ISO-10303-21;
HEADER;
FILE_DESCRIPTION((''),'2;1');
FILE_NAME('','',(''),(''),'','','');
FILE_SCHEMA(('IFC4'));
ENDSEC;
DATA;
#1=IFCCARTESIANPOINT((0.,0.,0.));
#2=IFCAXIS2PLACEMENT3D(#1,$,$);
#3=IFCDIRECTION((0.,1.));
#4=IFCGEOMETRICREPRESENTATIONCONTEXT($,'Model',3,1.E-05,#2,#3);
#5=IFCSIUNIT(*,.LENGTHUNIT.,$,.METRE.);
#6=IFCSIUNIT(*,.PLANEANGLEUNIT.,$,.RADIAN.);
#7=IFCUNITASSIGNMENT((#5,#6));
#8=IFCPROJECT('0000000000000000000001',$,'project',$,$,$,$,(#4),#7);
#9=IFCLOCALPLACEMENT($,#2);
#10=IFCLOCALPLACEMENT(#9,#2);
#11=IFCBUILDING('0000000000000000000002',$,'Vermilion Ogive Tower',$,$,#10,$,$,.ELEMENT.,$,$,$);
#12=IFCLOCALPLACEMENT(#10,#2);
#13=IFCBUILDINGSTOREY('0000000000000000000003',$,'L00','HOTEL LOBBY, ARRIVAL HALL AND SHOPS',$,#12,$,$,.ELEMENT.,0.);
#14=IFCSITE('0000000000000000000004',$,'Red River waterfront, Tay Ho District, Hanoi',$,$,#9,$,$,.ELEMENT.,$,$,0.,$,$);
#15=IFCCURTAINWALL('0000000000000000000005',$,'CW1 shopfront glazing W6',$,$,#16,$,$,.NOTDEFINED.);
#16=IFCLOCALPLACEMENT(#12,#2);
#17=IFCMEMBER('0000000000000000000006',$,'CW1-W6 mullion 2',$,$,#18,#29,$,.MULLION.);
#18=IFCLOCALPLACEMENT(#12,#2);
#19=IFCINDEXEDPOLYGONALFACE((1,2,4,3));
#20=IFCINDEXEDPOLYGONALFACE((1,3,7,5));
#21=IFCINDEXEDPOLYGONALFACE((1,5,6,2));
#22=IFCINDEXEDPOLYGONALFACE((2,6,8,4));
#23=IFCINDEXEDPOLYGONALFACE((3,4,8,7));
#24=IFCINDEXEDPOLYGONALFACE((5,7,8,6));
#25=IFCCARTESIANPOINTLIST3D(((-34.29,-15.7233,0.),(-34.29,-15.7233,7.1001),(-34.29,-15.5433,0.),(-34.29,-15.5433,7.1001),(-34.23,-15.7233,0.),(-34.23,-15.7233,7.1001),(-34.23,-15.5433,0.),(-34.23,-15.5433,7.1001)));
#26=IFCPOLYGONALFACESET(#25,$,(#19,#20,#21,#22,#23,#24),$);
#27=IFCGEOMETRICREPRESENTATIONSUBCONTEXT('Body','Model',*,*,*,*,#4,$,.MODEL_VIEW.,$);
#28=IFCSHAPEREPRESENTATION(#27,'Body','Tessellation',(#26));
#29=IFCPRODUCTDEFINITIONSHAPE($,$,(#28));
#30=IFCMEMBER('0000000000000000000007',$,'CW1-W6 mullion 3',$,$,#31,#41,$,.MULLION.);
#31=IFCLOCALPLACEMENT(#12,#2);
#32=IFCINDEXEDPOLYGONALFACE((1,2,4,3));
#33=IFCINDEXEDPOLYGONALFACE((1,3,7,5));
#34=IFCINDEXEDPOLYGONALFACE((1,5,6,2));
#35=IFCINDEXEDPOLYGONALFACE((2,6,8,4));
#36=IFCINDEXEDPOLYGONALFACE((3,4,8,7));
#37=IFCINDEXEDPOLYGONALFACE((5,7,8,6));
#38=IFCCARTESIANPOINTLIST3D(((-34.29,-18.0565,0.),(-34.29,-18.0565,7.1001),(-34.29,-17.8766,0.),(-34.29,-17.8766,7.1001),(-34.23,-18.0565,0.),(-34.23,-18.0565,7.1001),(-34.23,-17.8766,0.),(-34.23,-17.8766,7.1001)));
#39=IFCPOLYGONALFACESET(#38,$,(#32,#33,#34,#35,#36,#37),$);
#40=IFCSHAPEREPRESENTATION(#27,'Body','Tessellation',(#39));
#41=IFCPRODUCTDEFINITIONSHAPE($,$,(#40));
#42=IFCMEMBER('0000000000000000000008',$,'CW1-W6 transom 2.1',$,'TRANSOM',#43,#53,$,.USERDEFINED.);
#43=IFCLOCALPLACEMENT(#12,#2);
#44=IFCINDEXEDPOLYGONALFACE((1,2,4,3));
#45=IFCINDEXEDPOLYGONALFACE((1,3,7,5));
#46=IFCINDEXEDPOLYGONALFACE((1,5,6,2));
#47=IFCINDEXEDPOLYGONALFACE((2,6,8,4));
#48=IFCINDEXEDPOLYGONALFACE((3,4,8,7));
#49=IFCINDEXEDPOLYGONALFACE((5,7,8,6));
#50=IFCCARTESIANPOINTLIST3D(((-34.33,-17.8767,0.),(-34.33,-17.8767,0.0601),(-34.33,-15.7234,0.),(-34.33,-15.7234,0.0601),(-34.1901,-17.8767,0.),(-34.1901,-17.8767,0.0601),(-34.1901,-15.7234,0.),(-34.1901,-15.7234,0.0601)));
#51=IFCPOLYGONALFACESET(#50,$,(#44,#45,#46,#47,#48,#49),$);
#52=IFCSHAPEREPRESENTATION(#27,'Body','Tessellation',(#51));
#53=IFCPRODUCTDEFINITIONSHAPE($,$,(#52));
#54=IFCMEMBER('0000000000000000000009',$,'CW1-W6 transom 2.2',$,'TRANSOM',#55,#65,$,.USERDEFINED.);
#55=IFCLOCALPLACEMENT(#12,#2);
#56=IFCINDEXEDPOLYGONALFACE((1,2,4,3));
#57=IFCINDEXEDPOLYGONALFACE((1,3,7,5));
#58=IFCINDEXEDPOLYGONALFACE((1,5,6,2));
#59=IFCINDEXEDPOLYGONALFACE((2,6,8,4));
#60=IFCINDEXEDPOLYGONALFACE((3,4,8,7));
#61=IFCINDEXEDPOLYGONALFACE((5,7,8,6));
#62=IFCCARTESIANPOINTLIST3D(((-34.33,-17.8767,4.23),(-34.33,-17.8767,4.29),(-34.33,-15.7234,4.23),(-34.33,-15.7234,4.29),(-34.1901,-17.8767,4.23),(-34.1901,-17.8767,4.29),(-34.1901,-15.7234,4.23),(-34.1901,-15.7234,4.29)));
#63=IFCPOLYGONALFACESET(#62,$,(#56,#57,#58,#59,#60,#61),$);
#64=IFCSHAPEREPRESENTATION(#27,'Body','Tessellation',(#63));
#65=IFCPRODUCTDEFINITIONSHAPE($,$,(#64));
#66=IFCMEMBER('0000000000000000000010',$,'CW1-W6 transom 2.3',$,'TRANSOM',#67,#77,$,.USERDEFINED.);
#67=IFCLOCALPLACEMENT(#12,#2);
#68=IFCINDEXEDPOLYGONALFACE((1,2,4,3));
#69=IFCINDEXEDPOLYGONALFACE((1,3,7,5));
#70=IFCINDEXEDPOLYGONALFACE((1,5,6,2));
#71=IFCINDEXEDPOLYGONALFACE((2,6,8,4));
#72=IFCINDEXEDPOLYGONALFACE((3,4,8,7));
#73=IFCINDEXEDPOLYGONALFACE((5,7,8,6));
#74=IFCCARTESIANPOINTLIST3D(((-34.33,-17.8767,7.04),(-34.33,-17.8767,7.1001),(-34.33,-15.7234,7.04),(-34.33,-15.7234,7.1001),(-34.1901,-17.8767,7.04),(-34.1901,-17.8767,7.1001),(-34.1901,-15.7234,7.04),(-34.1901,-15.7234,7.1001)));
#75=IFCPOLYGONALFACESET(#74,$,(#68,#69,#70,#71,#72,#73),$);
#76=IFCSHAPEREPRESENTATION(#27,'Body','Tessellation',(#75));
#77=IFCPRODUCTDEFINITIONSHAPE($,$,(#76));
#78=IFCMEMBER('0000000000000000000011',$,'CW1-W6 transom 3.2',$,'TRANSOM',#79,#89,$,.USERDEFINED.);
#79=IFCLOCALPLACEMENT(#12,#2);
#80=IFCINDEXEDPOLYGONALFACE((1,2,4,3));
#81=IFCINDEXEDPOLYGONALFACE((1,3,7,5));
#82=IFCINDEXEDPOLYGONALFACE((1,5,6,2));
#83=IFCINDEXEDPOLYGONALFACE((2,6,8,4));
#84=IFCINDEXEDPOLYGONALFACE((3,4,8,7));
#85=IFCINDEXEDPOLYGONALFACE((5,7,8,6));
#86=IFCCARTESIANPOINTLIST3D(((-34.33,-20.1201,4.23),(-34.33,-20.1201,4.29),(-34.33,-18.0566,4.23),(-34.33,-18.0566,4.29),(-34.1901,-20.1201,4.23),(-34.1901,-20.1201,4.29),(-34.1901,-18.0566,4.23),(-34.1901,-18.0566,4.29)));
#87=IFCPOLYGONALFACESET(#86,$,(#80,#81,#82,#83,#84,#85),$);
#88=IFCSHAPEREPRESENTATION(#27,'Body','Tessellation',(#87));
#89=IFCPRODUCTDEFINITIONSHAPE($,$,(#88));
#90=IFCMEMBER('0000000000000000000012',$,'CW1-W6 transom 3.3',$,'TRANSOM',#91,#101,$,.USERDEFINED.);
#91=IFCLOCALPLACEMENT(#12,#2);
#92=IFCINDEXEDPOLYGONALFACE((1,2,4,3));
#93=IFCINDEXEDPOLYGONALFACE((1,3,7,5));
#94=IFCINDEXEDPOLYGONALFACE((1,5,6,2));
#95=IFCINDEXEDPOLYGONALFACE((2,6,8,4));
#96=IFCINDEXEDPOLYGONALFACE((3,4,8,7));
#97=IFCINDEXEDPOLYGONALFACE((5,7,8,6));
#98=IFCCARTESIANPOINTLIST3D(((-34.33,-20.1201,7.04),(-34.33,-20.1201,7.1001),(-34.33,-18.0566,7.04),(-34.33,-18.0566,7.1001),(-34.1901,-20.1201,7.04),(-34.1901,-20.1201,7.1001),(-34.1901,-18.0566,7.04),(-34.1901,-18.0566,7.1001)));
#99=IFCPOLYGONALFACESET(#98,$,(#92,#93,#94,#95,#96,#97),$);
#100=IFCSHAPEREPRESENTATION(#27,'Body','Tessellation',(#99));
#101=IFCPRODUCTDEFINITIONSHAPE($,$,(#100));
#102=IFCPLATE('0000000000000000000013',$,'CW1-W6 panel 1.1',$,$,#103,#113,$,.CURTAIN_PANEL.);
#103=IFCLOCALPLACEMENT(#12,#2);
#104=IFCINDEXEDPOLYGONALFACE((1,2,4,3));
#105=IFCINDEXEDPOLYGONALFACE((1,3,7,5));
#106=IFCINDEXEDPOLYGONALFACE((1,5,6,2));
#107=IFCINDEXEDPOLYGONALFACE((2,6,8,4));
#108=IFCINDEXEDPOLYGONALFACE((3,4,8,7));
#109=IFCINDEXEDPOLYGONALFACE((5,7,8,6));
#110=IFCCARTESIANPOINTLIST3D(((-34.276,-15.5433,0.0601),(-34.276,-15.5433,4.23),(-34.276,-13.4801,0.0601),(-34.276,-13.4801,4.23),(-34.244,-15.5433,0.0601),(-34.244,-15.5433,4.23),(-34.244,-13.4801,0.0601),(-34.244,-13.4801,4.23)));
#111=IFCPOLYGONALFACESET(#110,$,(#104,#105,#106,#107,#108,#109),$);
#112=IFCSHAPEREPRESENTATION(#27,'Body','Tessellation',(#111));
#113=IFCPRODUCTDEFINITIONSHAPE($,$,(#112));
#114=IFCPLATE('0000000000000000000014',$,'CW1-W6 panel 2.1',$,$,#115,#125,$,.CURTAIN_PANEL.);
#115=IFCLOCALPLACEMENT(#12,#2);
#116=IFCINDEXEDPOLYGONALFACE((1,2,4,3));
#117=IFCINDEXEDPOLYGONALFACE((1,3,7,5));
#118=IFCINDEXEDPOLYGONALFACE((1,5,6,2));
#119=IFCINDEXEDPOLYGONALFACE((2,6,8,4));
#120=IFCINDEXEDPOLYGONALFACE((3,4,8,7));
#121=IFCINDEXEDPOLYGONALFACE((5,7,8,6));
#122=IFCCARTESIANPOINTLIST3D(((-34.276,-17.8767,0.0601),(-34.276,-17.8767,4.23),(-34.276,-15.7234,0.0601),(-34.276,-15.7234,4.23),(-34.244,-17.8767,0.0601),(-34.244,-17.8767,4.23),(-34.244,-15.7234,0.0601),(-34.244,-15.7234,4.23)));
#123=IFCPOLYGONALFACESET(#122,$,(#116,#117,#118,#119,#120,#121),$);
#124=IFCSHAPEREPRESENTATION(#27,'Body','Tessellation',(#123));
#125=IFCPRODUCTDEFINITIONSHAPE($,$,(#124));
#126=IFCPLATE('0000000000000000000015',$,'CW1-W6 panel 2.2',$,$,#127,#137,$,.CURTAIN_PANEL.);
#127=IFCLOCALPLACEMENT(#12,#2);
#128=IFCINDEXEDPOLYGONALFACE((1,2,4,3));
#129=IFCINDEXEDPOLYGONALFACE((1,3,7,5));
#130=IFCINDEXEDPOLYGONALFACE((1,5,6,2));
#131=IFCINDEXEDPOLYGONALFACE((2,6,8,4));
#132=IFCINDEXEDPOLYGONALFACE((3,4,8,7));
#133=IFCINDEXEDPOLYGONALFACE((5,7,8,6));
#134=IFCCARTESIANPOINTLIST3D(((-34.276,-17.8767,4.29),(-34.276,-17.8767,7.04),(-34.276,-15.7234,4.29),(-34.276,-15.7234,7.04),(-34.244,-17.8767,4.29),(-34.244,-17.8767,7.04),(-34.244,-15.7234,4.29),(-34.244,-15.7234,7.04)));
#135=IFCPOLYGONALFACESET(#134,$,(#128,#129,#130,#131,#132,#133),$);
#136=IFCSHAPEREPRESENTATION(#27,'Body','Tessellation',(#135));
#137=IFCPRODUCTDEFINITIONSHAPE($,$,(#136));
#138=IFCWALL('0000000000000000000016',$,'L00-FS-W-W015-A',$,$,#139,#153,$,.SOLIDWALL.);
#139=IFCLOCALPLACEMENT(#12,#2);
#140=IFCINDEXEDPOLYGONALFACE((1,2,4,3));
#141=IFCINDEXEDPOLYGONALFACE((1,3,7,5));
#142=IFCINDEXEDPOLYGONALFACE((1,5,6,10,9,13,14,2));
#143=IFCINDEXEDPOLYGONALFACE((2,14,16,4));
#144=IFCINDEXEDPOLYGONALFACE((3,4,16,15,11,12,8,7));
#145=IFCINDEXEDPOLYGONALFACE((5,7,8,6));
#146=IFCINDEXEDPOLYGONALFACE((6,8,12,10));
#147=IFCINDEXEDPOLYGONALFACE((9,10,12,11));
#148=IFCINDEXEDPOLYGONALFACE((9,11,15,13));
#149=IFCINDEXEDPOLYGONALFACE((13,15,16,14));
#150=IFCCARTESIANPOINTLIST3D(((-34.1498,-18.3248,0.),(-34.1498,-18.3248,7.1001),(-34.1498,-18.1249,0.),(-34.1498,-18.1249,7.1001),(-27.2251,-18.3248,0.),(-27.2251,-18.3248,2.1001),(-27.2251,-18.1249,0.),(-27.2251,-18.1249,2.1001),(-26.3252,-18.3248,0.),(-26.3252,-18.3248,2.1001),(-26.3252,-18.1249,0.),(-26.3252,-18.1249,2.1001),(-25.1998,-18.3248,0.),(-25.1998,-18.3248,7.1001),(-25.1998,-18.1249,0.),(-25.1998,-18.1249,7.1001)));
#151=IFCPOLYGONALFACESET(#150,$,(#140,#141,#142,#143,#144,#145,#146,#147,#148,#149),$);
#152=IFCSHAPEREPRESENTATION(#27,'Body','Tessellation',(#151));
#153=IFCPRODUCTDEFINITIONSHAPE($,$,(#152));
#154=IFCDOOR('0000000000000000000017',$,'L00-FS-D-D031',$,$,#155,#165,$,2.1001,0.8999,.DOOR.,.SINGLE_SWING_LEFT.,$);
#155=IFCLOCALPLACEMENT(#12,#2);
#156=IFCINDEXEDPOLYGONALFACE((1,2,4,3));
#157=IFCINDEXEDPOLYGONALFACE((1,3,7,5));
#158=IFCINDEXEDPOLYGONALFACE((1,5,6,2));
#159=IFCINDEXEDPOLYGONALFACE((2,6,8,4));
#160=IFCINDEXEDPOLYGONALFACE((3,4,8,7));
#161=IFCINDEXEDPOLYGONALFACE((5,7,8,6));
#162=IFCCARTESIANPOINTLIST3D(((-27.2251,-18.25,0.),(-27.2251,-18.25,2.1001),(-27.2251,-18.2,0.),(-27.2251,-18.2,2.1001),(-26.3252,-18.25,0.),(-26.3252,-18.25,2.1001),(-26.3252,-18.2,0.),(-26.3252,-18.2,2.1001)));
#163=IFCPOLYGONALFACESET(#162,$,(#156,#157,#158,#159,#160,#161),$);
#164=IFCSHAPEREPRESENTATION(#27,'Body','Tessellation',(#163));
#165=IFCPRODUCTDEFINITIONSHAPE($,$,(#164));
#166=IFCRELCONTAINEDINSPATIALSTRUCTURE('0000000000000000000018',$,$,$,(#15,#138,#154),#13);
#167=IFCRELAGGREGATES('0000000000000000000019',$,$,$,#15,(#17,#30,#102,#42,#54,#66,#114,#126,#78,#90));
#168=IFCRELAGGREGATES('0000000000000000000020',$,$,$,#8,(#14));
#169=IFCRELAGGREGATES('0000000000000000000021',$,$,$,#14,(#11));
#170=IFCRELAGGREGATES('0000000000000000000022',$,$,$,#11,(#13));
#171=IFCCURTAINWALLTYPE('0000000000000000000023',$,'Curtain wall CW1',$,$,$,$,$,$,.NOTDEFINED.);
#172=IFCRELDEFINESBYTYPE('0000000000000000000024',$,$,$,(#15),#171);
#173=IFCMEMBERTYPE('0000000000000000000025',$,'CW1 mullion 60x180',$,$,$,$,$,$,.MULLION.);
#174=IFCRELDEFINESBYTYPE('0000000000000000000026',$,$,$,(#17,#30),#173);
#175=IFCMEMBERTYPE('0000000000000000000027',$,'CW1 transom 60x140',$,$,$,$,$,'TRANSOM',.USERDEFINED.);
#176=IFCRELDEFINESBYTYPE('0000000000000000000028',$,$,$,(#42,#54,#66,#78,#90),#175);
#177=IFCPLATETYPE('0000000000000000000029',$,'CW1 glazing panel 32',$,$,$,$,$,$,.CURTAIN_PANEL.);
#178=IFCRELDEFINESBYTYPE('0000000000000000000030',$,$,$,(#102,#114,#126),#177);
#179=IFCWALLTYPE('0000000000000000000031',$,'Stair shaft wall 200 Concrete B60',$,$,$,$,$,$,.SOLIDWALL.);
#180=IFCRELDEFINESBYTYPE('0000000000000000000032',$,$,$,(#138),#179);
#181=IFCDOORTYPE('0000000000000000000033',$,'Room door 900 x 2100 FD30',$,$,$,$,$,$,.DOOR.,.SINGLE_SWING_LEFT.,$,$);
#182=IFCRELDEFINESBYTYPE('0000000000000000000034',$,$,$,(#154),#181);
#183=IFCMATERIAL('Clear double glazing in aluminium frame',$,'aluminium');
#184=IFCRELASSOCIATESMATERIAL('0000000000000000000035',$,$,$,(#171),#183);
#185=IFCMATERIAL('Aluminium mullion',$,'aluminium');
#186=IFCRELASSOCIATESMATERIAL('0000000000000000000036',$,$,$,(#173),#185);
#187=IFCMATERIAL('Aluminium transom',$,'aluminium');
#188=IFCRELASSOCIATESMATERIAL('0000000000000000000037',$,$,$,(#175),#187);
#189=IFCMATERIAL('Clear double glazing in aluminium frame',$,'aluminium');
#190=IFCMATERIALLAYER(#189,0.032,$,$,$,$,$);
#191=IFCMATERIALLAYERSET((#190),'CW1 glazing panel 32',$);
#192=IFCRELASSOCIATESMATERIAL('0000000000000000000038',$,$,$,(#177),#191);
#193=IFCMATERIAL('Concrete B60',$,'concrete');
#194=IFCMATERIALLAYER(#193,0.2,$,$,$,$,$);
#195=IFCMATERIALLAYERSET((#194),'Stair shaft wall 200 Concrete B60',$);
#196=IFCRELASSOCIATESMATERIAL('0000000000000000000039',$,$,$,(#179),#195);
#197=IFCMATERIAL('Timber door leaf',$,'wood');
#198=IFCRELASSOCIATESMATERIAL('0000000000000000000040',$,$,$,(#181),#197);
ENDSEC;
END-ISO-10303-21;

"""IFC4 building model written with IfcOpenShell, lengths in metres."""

from ifc_helpers import new_model, si_unit, direction, frame, frame_2d, origin, origin_2d, place, context, subcontext, project, spatial, rectangle, extrude, material, layer, layer_set, material_profile, profile_set, type_object, element, fill, aggregate, save


model = new_model("IFC4")

# Units and contexts
model_context = context("Model", 3, precision=1e-05, world=origin(), true_north=direction((0.0, 1.0)))
body_context = subcontext(model_context, "Body", "Model", "MODEL_VIEW")
ifc_project = project(units=[si_unit("LENGTHUNIT", "METRE"), si_unit("PLANEANGLEUNIT", "RADIAN")], contexts=[model_context])

# Site, building, storey
site_placement = place(None, origin())
site = spatial("IfcSite", under=ifc_project, at=site_placement, Name="Red River waterfront, Tay Ho District, Hanoi", CompositionType="ELEMENT", RefElevation=0.0)
building_placement = place(site_placement, origin())
building = spatial("IfcBuilding", under=site, at=building_placement, Name="Vermilion Ogive Tower", CompositionType="ELEMENT")
storey_placement = place(building_placement, origin())
storey = spatial("IfcBuildingStorey", under=building, at=storey_placement, Name="L00", Description="HOTEL LOBBY, ARRIVAL HALL AND SHOPS", CompositionType="ELEMENT", Elevation=0.0)

# Curtain wall, members, plates
ifc_material_1 = material(Name="Clear double glazing in aluminium frame", Category="aluminium")
curtain_wall_type = type_object("IfcCurtainWallType", Name="Curtain wall CW1", PredefinedType="NOTDEFINED", material=ifc_material_1)
curtain_wall_placement = place(storey_placement, origin())
curtain_wall = element("IfcCurtainWall", 1, at=curtain_wall_placement, inside=storey, type_object=curtain_wall_type, Name="CW1 shopfront glazing W6", PredefinedType="NOTDEFINED")
ifc_material_2 = material(Name="Aluminium mullion", Category="aluminium")
ifc_material_profile_1 = material_profile(ifc_material_2, rectangle(XDim=0.0601, YDim=0.1799, at=origin_2d()), Name="AL 60x180")
ifc_profile_set_1 = profile_set([ifc_material_profile_1], Name="Aluminium mullion")
member_type_1 = type_object("IfcMemberType", Name="CW1 mullion 60x180", PredefinedType="MULLION", material=ifc_profile_set_1)
member_1_placement = place(storey_placement, frame((-34.26, -15.6333, 0.0), z_axis=(0.0, 0.0, 1.0), x_axis=(1.0, 0.0, 0.0)))
member_1 = element("IfcMember", 2, at=member_1_placement, type_object=member_type_1, Name="CW1-W6 mullion 2", PredefinedType="MULLION", context=body_context, shape_type="SweptSolid", body=[
    extrude(rectangle(XDim=0.0601, YDim=0.1799, at=origin_2d()), origin(), (0.0, 0.0, 1.0), 7.1001),
])
member_2_placement = place(storey_placement, frame((-34.26, -17.9666, 0.0), z_axis=(0.0, 0.0, 1.0), x_axis=(1.0, 0.0, 0.0)))
member_2 = element("IfcMember", 3, at=member_2_placement, type_object=member_type_1, Name="CW1-W6 mullion 3", PredefinedType="MULLION", context=body_context, shape_type="SweptSolid", body=[
    extrude(rectangle(XDim=0.0601, YDim=0.1799, at=origin_2d()), origin(), (0.0, 0.0, 1.0), 7.1001),
])
ifc_material_3 = material(Name="Aluminium transom", Category="aluminium")
ifc_material_profile_2 = material_profile(ifc_material_3, rectangle(XDim=0.1399, YDim=0.0601, at=origin_2d()), Name="AL 60x140")
ifc_profile_set_2 = profile_set([ifc_material_profile_2], Name="Aluminium transom")
member_type_2 = type_object("IfcMemberType", Name="CW1 transom 60x140", ElementType="TRANSOM", PredefinedType="USERDEFINED", material=ifc_profile_set_2)
member_3_placement = place(storey_placement, frame((-34.26, -15.7234, 0.03), z_axis=(0.0, -1.0, 0.0), x_axis=(1.0, 0.0, 0.0)))
member_3 = element("IfcMember", 4, at=member_3_placement, type_object=member_type_2, Name="CW1-W6 transom 2.1", ObjectType="TRANSOM", PredefinedType="USERDEFINED", context=body_context, shape_type="SweptSolid", body=[
    extrude(rectangle(XDim=0.1399, YDim=0.0601, at=origin_2d()), origin(), (0.0, 0.0, 1.0), 2.1533),
])
member_4_placement = place(storey_placement, frame((-34.26, -15.7234, 4.26), z_axis=(0.0, -1.0, 0.0), x_axis=(1.0, 0.0, 0.0)))
member_4 = element("IfcMember", 5, at=member_4_placement, type_object=member_type_2, Name="CW1-W6 transom 2.2", ObjectType="TRANSOM", PredefinedType="USERDEFINED", context=body_context, shape_type="SweptSolid", body=[
    extrude(rectangle(XDim=0.1399, YDim=0.0601, at=origin_2d()), origin(), (0.0, 0.0, 1.0), 2.1533),
])
member_5_placement = place(storey_placement, frame((-34.26, -15.7234, 7.0701), z_axis=(0.0, -1.0, 0.0), x_axis=(1.0, 0.0, 0.0)))
member_5 = element("IfcMember", 6, at=member_5_placement, type_object=member_type_2, Name="CW1-W6 transom 2.3", ObjectType="TRANSOM", PredefinedType="USERDEFINED", context=body_context, shape_type="SweptSolid", body=[
    extrude(rectangle(XDim=0.1399, YDim=0.0601, at=origin_2d()), origin(), (0.0, 0.0, 1.0), 2.1533),
])
member_6_placement = place(storey_placement, frame((-34.26, -18.0566, 4.26), z_axis=(0.0, -1.0, 0.0), x_axis=(1.0, 0.0, 0.0)))
member_6 = element("IfcMember", 7, at=member_6_placement, type_object=member_type_2, Name="CW1-W6 transom 3.2", ObjectType="TRANSOM", PredefinedType="USERDEFINED", context=body_context, shape_type="SweptSolid", body=[
    extrude(rectangle(XDim=0.1399, YDim=0.0601, at=origin_2d()), origin(), (0.0, 0.0, 1.0), 2.0635),
])
member_7_placement = place(storey_placement, frame((-34.26, -18.0566, 7.0701), z_axis=(0.0, -1.0, 0.0), x_axis=(1.0, 0.0, 0.0)))
member_7 = element("IfcMember", 8, at=member_7_placement, type_object=member_type_2, Name="CW1-W6 transom 3.3", ObjectType="TRANSOM", PredefinedType="USERDEFINED", context=body_context, shape_type="SweptSolid", body=[
    extrude(rectangle(XDim=0.1399, YDim=0.0601, at=origin_2d()), origin(), (0.0, 0.0, 1.0), 2.0635),
])
ifc_material_4 = material(Name="Clear double glazing in aluminium frame", Category="aluminium")
ifc_layer_1 = layer(ifc_material_4, 0.032)
ifc_layer_set_1 = layer_set([ifc_layer_1], Name="CW1 glazing panel 32")
plate_type = type_object("IfcPlateType", Name="CW1 glazing panel 32", PredefinedType="CURTAIN_PANEL", material=ifc_layer_set_1)
plate_1_placement = place(storey_placement, frame((-34.26, -14.5117, 0.0601), z_axis=(0.0, 0.0, 1.0), x_axis=(0.0, -1.0, 0.0)))
plate_1 = element("IfcPlate", 9, at=plate_1_placement, type_object=plate_type, Name="CW1-W6 panel 1.1", PredefinedType="CURTAIN_PANEL", context=body_context, shape_type="SweptSolid", body=[
    extrude(rectangle(XDim=2.0632, YDim=0.032, at=origin_2d()), origin(), (0.0, 0.0, 1.0), 4.1699),
])
plate_2_placement = place(storey_placement, frame((-34.26, -16.8, 0.0601), z_axis=(0.0, 0.0, 1.0), x_axis=(0.0, -1.0, 0.0)))
plate_2 = element("IfcPlate", 10, at=plate_2_placement, type_object=plate_type, Name="CW1-W6 panel 2.1", PredefinedType="CURTAIN_PANEL", context=body_context, shape_type="SweptSolid", body=[
    extrude(rectangle(XDim=2.1533, YDim=0.032, at=origin_2d()), origin(), (0.0, 0.0, 1.0), 4.1699),
])
plate_3_placement = place(storey_placement, frame((-34.26, -16.8, 4.29), z_axis=(0.0, 0.0, 1.0), x_axis=(0.0, -1.0, 0.0)))
plate_3 = element("IfcPlate", 11, at=plate_3_placement, type_object=plate_type, Name="CW1-W6 panel 2.2", PredefinedType="CURTAIN_PANEL", context=body_context, shape_type="SweptSolid", body=[
    extrude(rectangle(XDim=2.1533, YDim=0.032, at=origin_2d()), origin(), (0.0, 0.0, 1.0), 2.75),
])
aggregate(curtain_wall, [member_1, member_2, plate_1, member_3, member_4, member_5, plate_2, plate_3, member_6, member_7])

# Wall, opening, door
ifc_material_5 = material(Name="Concrete B60", Category="concrete")
ifc_layer_2 = layer(ifc_material_5, 0.2)
ifc_layer_set_2 = layer_set([ifc_layer_2], Name="Stair shaft wall 200 Concrete B60")
wall_type = type_object("IfcWallType", Name="Stair shaft wall 200 Concrete B60", PredefinedType="SOLIDWALL", material=ifc_layer_set_2)
wall_placement = place(storey_placement, frame((-34.1499, -18.2249, 0.0), z_axis=(0.0, 0.0, 1.0), x_axis=(1.0, 0.0, 0.0)))
wall = element("IfcWall", 12, at=wall_placement, inside=storey, type_object=wall_type, Name="L00-FS-W-W015-A", PredefinedType="SOLIDWALL", context=body_context, shape_type="SweptSolid", body=[
    extrude(rectangle(XDim=8.95, YDim=0.2, at=frame_2d((4.4751, 0.0))), origin(), (0.0, 0.0, 1.0), 7.1001),
])
opening_placement = place(wall_placement, frame((6.9248, 0.0, 0.0)))
opening = element("IfcOpeningElement", 13, at=opening_placement, cuts=wall, PredefinedType="OPENING", context=body_context, shape_type="SweptSolid", body=[
    extrude(rectangle(XDim=0.8999, YDim=2.1001, at=frame_2d((0.45, 1.05))), frame((0.0, 0.1099, 0.0), z_axis=(0.0, -1.0, 0.0), x_axis=(1.0, 0.0, 0.0)), (0.0, 0.0, 1.0), 0.22),
])
ifc_material_6 = material(Name="Timber door leaf", Category="wood")
door_type = type_object("IfcDoorType", Name="Room door 900 x 2100 FD30", OperationType="SINGLE_SWING_LEFT", PredefinedType="DOOR", material=ifc_material_6)
door_placement = place(opening_placement, origin())
door = element("IfcDoor", 14, at=door_placement, inside=storey, type_object=door_type, Name="L00-FS-D-D031", OperationType="SINGLE_SWING_LEFT", OverallHeight=2.1001, OverallWidth=0.8999, PredefinedType="DOOR", context=body_context, shape_type="SweptSolid", body=[
    extrude(rectangle(XDim=0.8999, YDim=2.1001, at=frame_2d((0.45, 1.05))), frame((0.0, 0.0249, 0.0), z_axis=(0.0, -1.0, 0.0), x_axis=(1.0, 0.0, 0.0)), (0.0, 0.0, 1.0), 0.05),
])
fill(opening, door)

save(model, "model.ifc")
